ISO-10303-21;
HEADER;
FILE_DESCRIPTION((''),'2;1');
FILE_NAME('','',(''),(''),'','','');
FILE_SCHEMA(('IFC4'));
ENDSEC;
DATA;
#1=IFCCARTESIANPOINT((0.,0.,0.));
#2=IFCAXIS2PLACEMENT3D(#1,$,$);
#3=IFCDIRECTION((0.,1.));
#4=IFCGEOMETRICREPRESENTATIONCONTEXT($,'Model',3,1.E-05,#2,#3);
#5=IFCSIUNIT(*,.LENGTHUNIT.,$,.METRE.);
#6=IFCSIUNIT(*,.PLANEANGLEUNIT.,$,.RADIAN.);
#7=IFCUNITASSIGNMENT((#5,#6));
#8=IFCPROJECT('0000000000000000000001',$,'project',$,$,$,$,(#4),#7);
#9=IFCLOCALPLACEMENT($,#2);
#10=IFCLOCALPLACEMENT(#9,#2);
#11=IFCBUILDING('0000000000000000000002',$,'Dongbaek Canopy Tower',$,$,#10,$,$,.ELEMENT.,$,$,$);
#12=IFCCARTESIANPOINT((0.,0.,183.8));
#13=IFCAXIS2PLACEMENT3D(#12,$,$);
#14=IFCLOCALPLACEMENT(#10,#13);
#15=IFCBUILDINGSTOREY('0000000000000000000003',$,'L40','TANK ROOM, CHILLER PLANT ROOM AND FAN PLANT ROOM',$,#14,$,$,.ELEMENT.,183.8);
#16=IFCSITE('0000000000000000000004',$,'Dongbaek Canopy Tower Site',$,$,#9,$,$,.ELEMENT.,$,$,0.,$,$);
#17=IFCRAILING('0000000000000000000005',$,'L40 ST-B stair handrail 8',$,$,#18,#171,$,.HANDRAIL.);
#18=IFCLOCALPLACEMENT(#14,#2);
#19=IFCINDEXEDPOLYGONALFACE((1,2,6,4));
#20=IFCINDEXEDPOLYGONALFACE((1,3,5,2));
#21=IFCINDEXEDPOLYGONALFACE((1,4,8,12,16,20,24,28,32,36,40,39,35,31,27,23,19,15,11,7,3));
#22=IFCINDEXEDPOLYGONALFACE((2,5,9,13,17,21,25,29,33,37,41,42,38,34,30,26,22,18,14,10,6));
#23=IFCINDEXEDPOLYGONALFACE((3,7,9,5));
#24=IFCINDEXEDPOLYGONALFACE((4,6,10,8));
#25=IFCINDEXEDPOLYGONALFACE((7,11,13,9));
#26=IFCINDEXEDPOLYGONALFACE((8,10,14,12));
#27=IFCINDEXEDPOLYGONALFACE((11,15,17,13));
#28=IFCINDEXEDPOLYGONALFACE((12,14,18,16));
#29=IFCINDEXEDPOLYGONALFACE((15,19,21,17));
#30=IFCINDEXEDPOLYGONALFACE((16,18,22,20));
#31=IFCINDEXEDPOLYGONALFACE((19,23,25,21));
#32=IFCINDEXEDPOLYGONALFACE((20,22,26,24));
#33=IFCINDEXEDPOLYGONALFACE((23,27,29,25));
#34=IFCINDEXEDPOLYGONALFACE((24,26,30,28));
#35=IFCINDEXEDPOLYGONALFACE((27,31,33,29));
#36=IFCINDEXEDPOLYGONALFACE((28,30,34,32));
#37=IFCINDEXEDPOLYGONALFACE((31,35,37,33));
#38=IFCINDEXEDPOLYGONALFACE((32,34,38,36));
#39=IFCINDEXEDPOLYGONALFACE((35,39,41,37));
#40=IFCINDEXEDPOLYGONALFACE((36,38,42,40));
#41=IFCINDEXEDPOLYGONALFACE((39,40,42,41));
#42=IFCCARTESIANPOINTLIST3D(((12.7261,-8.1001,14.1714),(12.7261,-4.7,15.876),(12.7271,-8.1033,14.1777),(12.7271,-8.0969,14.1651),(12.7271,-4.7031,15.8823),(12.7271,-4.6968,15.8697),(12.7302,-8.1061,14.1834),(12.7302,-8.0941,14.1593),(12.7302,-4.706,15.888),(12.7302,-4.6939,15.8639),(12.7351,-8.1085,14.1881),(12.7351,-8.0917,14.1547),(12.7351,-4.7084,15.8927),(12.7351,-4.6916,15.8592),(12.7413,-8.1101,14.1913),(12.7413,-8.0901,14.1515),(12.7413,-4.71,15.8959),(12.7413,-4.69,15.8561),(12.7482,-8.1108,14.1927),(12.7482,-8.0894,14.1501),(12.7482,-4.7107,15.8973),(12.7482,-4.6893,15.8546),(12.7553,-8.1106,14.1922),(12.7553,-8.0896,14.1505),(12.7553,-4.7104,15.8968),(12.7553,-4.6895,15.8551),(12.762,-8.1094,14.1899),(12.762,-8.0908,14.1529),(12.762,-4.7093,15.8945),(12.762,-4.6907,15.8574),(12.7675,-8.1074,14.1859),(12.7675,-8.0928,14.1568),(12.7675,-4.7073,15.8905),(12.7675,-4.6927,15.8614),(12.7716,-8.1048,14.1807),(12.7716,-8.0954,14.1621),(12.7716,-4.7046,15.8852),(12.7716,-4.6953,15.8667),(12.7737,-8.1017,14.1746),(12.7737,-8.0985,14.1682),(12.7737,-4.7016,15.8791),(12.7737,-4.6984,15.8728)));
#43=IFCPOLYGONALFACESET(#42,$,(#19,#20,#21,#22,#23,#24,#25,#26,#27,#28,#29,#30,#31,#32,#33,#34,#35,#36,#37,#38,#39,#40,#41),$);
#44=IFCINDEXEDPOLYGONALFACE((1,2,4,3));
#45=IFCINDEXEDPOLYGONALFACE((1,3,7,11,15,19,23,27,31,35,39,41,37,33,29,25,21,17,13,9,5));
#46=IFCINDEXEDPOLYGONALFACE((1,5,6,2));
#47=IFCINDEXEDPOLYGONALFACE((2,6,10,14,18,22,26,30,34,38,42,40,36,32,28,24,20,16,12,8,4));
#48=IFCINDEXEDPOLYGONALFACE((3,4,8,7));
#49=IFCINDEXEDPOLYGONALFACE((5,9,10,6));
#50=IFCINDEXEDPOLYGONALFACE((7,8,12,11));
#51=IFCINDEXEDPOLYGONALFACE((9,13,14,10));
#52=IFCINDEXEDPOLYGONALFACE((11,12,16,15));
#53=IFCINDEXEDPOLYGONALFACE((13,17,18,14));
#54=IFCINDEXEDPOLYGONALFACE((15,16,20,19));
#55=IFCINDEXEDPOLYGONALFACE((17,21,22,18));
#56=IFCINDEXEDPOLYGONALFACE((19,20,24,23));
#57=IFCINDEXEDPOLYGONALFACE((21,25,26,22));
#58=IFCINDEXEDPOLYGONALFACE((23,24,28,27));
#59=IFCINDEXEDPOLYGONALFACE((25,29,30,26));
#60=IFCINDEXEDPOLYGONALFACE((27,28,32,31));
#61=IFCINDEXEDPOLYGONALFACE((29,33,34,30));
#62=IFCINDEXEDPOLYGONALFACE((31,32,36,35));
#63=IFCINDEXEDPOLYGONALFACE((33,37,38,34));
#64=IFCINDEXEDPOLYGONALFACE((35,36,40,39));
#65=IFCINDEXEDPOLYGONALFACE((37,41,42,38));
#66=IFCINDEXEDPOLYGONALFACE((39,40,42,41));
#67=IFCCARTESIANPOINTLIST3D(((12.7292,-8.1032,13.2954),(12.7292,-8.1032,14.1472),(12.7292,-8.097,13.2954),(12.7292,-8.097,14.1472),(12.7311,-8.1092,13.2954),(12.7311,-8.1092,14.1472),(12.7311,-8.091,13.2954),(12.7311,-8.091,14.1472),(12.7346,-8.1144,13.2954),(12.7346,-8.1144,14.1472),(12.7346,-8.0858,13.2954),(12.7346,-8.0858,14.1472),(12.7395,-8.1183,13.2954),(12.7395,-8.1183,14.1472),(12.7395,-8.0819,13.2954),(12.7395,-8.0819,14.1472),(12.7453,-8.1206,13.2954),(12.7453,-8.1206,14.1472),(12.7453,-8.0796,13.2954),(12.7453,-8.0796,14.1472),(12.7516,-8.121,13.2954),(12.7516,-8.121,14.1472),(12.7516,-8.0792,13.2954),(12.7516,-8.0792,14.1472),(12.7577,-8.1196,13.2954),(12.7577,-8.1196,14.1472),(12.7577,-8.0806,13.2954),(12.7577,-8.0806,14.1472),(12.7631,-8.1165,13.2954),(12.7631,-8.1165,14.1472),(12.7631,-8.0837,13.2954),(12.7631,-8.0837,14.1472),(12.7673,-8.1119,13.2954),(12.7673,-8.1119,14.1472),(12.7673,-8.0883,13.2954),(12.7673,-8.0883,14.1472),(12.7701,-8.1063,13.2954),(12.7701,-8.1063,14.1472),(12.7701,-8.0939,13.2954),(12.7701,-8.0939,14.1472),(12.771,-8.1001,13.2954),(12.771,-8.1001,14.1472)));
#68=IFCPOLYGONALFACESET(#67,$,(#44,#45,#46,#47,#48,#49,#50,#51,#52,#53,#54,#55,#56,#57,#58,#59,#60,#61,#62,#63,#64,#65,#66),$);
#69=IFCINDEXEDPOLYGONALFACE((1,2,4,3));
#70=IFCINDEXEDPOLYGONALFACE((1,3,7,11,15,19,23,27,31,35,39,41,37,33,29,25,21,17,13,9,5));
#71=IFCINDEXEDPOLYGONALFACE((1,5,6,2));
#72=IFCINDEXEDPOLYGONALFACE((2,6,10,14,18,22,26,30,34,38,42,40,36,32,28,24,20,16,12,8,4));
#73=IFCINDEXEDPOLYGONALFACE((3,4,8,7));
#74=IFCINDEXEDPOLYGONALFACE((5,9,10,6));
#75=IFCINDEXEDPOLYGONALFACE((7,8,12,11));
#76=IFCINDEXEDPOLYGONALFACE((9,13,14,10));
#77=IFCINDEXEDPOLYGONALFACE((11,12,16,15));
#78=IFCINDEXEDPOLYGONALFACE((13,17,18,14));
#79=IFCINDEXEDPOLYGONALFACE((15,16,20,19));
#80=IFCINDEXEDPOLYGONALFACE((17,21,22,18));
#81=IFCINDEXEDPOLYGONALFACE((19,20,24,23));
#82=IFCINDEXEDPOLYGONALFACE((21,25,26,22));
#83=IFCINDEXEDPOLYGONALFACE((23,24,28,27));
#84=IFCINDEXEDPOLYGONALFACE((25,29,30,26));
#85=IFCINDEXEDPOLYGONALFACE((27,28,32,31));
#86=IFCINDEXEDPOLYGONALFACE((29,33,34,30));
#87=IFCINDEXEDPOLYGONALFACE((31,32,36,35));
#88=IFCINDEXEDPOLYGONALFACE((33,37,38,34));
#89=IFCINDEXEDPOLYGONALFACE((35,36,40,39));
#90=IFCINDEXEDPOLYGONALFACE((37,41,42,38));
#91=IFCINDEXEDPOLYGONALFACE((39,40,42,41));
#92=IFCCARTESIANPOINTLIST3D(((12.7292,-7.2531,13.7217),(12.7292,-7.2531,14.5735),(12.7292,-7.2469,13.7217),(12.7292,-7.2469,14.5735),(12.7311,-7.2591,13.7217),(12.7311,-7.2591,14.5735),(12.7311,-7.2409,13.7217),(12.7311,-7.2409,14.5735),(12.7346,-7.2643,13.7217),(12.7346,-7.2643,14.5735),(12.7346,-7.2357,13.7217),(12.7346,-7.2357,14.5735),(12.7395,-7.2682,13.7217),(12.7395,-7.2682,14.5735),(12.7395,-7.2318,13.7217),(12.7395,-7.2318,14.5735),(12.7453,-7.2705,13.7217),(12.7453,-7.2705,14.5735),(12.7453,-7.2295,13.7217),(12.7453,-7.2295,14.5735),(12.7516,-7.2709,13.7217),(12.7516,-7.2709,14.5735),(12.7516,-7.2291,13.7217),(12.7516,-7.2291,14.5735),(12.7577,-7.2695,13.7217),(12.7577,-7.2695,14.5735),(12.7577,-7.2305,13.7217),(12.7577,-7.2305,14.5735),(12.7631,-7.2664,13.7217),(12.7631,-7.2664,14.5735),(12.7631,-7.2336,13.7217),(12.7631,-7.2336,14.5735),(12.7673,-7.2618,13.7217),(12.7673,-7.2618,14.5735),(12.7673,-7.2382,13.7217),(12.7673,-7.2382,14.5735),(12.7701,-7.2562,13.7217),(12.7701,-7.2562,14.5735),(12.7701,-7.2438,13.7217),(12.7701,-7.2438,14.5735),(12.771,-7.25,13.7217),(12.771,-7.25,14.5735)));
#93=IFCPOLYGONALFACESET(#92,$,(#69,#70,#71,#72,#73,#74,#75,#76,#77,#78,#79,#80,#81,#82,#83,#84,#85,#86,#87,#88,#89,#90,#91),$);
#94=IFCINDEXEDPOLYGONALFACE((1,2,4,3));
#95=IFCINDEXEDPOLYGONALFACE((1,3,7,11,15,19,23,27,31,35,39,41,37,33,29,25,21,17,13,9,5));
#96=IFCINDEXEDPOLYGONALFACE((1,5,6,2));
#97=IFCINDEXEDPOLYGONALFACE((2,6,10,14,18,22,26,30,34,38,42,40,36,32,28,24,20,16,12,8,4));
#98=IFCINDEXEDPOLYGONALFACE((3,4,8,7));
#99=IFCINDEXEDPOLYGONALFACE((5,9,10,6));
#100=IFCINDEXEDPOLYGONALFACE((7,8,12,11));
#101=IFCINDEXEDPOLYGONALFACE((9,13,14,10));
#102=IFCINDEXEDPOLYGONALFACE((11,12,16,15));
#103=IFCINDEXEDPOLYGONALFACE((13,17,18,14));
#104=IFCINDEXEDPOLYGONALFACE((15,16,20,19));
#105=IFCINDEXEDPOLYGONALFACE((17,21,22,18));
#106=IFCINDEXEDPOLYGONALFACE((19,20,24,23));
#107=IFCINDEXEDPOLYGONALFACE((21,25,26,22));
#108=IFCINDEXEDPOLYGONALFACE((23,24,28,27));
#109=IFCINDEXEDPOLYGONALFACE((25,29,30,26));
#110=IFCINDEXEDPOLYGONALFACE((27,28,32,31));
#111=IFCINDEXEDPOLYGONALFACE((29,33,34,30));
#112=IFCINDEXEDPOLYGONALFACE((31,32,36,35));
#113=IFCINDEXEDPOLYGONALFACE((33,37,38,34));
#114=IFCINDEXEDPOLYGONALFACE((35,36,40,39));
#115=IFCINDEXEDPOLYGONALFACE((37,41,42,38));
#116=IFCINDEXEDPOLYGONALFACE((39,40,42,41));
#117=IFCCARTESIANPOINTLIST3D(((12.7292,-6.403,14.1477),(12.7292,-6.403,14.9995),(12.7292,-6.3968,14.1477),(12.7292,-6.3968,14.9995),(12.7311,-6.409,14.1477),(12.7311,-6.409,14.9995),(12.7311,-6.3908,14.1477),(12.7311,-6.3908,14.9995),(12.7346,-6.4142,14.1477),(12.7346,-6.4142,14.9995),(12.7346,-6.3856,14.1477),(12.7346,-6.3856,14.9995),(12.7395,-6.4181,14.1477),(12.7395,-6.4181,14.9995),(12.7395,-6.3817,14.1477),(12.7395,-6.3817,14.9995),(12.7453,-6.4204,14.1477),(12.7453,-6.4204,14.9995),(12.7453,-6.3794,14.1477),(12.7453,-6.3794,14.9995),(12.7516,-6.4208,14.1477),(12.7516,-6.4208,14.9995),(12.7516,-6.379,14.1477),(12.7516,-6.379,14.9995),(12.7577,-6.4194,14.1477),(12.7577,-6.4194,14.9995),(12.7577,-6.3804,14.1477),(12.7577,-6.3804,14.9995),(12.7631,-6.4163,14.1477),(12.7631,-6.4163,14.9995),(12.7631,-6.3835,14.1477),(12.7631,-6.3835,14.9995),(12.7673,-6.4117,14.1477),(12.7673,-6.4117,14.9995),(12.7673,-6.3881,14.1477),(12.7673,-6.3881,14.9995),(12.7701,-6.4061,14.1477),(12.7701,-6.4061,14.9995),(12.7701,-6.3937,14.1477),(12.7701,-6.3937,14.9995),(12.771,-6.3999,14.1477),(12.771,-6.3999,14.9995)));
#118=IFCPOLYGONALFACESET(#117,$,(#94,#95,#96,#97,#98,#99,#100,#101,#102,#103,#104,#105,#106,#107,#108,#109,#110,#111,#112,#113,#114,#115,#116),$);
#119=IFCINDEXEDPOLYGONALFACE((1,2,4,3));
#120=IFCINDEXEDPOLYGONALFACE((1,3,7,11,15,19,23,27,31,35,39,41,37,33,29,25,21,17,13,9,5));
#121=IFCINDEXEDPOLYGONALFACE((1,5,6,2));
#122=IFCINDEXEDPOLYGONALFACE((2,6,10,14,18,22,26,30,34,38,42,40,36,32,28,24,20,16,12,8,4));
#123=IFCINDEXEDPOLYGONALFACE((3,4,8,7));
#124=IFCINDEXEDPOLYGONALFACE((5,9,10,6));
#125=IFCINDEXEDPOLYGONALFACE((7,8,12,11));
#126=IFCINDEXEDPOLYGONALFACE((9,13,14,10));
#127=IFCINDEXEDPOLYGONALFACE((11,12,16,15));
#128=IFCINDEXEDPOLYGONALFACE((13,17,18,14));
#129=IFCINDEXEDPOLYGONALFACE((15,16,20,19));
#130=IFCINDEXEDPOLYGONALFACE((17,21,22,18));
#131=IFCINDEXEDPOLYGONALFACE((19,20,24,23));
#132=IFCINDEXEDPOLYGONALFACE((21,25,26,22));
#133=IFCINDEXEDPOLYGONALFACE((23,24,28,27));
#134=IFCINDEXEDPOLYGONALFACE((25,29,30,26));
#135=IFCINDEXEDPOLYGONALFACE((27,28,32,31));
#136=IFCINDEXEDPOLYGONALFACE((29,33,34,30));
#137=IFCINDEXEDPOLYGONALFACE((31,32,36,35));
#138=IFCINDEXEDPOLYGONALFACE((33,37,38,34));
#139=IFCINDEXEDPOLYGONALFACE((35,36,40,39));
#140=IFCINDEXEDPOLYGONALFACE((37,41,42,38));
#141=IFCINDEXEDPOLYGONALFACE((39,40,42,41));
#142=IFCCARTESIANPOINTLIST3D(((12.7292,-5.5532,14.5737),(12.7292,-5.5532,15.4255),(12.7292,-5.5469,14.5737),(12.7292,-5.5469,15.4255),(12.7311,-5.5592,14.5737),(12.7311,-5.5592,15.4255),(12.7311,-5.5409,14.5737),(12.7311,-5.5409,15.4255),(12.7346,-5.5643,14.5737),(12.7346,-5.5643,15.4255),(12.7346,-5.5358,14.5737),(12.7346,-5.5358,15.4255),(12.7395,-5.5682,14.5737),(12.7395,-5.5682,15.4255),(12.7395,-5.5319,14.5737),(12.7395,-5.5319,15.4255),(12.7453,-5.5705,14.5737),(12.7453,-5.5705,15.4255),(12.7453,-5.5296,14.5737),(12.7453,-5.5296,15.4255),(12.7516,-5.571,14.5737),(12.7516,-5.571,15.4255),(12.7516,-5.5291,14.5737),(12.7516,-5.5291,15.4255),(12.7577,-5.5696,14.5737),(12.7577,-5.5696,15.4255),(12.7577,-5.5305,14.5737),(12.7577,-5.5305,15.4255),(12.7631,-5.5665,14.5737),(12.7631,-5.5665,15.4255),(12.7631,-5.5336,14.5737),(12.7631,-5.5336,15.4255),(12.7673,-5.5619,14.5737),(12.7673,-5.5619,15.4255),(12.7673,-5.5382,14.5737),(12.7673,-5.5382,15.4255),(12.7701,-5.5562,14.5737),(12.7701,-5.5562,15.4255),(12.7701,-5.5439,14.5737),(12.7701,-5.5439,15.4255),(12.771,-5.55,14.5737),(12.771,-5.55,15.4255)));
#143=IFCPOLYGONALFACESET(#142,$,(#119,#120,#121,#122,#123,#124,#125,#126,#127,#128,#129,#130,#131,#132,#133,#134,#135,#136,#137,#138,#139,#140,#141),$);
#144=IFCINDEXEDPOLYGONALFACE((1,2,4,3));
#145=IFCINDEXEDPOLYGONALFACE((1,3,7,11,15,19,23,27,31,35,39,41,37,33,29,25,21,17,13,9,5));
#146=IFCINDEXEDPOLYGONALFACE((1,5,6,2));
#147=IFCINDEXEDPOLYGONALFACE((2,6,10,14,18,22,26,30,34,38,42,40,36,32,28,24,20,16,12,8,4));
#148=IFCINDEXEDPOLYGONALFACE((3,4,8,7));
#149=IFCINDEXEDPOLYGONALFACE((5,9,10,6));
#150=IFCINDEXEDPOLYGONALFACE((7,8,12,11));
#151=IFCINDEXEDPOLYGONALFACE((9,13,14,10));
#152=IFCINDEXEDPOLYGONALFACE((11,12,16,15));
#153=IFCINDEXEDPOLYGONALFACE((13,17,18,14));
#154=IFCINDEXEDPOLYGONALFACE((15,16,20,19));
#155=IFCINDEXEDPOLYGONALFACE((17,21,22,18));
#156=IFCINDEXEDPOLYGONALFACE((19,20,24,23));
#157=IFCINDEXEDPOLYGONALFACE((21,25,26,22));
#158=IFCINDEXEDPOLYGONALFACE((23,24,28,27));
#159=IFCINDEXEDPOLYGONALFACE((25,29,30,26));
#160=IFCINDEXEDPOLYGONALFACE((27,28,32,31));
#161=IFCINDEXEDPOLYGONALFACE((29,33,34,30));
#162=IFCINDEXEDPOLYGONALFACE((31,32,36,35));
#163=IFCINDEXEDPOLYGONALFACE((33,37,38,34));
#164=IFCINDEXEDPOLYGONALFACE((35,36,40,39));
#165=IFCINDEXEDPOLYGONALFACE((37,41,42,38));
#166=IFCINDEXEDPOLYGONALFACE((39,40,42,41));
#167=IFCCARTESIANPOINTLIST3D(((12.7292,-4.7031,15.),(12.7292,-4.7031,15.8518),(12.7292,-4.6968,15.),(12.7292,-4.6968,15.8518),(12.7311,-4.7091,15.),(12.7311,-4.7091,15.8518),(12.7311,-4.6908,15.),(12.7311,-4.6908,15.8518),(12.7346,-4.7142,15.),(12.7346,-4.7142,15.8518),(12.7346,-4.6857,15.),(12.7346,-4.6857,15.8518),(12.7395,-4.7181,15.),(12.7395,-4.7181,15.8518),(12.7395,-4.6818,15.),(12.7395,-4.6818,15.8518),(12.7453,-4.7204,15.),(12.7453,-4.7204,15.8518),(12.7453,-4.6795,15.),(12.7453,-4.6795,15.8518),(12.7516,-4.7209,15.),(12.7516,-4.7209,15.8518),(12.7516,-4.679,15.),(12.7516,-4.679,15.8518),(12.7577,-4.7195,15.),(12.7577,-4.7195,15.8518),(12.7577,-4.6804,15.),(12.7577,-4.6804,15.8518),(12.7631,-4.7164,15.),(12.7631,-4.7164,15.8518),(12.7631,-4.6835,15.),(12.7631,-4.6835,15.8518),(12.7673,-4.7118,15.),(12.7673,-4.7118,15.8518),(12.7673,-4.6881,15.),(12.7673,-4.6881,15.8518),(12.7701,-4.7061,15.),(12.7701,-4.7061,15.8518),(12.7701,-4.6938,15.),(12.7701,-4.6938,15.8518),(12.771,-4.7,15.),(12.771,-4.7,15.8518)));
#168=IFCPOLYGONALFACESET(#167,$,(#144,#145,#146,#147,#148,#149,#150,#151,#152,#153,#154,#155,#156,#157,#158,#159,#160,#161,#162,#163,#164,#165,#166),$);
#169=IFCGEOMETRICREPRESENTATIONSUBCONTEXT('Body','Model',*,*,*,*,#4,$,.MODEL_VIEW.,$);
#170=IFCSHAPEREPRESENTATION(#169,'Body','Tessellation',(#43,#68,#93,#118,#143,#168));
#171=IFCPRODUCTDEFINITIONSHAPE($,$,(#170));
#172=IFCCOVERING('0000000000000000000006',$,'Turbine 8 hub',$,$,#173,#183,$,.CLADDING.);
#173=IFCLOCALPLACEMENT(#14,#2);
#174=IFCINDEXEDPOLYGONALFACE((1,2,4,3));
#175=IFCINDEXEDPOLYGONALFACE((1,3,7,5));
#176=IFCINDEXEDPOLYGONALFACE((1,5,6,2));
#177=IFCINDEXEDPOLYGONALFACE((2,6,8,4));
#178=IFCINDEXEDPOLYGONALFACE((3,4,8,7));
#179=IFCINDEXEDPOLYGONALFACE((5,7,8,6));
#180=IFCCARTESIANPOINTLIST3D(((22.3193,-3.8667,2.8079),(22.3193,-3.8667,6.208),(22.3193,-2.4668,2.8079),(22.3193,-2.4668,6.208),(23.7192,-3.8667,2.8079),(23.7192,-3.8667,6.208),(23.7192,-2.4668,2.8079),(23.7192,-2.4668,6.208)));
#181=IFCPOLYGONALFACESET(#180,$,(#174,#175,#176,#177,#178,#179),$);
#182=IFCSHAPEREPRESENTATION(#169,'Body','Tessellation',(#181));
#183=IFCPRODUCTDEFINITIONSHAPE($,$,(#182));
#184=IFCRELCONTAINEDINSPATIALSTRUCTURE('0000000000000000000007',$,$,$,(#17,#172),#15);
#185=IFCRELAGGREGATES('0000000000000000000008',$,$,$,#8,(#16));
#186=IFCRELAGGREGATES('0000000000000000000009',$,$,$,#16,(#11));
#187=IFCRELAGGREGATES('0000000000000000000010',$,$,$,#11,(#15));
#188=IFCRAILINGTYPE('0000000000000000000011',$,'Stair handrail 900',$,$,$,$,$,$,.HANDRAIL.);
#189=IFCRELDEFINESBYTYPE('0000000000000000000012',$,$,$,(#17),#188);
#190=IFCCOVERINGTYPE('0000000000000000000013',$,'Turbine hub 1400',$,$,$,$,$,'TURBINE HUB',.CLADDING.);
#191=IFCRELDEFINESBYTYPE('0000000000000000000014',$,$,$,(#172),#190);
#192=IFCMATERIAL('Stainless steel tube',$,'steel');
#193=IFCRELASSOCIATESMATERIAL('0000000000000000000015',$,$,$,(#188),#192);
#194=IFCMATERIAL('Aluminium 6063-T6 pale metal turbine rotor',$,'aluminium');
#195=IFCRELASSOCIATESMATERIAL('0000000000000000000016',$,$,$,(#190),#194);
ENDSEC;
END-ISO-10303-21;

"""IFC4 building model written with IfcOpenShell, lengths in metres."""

from ifc_helpers import new_model, si_unit, direction, frame, origin, origin_2d, place, context, subcontext, project, spatial, rectangle, circle, extrude, material, material_profile, profile_set, type_object, element, save


model = new_model("IFC4")

# Units and contexts
model_context = context("Model", 3, precision=1e-05, world=origin(), true_north=direction((0.0, 1.0)))
body_context = subcontext(model_context, "Body", "Model", "MODEL_VIEW")
ifc_project = project(units=[si_unit("LENGTHUNIT", "METRE"), si_unit("PLANEANGLEUNIT", "RADIAN")], contexts=[model_context])

# Site, building, storey
site_placement = place(None, origin())
site = spatial("IfcSite", under=ifc_project, at=site_placement, Name="Dongbaek Canopy Tower Site", CompositionType="ELEMENT", RefElevation=0.0)
building_placement = place(site_placement, origin())
building = spatial("IfcBuilding", under=site, at=building_placement, Name="Dongbaek Canopy Tower", CompositionType="ELEMENT")
storey_placement = place(building_placement, frame((0.0, 0.0, 183.8)))
storey = spatial("IfcBuildingStorey", under=building, at=storey_placement, Name="L40", Description="TANK ROOM, CHILLER PLANT ROOM AND FAN PLANT ROOM", CompositionType="ELEMENT", Elevation=183.8)

# Railing
ifc_material_1 = material(Name="Stainless steel tube", Category="steel")
railing_type_1 = type_object("IfcRailingType", Name="Stair handrail 900", PredefinedType="HANDRAIL", material=ifc_material_1)
for number, where, name in (
    (1, (12.75, -8.1001, 13.2954), "L40 ST-B stair handrail 8"),
):
    element("IfcRailing", number, at=place(storey_placement, frame(where)), inside=storey, type_object=railing_type_1, Name=name, PredefinedType="HANDRAIL", context=body_context, shape_type="SweptSolid", body=[
        extrude(circle(Radius=0.0239, at=origin_2d()), frame((0.0, 0.0, 0.876), z_axis=(0.0, 0.893952, 0.448163), x_axis=(-1.0, 0.0, 0.0)), (0.0, 0.0, 1.0), 3.8035),
        extrude(circle(Radius=0.021, at=origin_2d()), origin(), (0.0, 0.0, 1.0), 0.8518),
        extrude(circle(Radius=0.021, at=origin_2d()), frame((0.0, 0.8501, 0.4263)), (0.0, 0.0, 1.0), 0.8518),
        extrude(circle(Radius=0.021, at=origin_2d()), frame((0.0, 1.7002, 0.8523)), (0.0, 0.0, 1.0), 0.8518),
        extrude(circle(Radius=0.021, at=origin_2d()), frame((0.0, 2.55, 1.2783)), (0.0, 0.0, 1.0), 0.8518),
        extrude(circle(Radius=0.021, at=origin_2d()), frame((0.0, 3.4001, 1.7046)), (0.0, 0.0, 1.0), 0.8518),
    ])

# Covering
ifc_material_2 = material(Name="Aluminium 6063-T6 pale metal turbine rotor", Category="aluminium")
ifc_material_profile_1 = material_profile(ifc_material_2, rectangle(XDim=1.3999, YDim=1.3999, at=origin_2d()), Name="Turbine hub 1400")
ifc_profile_set_1 = profile_set([ifc_material_profile_1], Name="Aluminium 6063-T6 pale metal turbine rotor")
covering_type = type_object("IfcCoveringType", Name="Turbine hub 1400", ElementType="TURBINE HUB", PredefinedType="CLADDING", material=ifc_profile_set_1)
covering_placement = place(storey_placement, frame((23.0193, -3.1667, 2.8079), z_axis=(0.0, 0.0, 1.0), x_axis=(1.0, 0.0, 0.0)))
element("IfcCovering", 2, at=covering_placement, inside=storey, type_object=covering_type, Name="Turbine 8 hub", PredefinedType="CLADDING", context=body_context, shape_type="SweptSolid", body=[
    extrude(rectangle(XDim=1.3999, YDim=1.3999, at=origin_2d()), origin(), (0.0, 0.0, 1.0), 3.4001),
])

save(model, "model.ifc")
